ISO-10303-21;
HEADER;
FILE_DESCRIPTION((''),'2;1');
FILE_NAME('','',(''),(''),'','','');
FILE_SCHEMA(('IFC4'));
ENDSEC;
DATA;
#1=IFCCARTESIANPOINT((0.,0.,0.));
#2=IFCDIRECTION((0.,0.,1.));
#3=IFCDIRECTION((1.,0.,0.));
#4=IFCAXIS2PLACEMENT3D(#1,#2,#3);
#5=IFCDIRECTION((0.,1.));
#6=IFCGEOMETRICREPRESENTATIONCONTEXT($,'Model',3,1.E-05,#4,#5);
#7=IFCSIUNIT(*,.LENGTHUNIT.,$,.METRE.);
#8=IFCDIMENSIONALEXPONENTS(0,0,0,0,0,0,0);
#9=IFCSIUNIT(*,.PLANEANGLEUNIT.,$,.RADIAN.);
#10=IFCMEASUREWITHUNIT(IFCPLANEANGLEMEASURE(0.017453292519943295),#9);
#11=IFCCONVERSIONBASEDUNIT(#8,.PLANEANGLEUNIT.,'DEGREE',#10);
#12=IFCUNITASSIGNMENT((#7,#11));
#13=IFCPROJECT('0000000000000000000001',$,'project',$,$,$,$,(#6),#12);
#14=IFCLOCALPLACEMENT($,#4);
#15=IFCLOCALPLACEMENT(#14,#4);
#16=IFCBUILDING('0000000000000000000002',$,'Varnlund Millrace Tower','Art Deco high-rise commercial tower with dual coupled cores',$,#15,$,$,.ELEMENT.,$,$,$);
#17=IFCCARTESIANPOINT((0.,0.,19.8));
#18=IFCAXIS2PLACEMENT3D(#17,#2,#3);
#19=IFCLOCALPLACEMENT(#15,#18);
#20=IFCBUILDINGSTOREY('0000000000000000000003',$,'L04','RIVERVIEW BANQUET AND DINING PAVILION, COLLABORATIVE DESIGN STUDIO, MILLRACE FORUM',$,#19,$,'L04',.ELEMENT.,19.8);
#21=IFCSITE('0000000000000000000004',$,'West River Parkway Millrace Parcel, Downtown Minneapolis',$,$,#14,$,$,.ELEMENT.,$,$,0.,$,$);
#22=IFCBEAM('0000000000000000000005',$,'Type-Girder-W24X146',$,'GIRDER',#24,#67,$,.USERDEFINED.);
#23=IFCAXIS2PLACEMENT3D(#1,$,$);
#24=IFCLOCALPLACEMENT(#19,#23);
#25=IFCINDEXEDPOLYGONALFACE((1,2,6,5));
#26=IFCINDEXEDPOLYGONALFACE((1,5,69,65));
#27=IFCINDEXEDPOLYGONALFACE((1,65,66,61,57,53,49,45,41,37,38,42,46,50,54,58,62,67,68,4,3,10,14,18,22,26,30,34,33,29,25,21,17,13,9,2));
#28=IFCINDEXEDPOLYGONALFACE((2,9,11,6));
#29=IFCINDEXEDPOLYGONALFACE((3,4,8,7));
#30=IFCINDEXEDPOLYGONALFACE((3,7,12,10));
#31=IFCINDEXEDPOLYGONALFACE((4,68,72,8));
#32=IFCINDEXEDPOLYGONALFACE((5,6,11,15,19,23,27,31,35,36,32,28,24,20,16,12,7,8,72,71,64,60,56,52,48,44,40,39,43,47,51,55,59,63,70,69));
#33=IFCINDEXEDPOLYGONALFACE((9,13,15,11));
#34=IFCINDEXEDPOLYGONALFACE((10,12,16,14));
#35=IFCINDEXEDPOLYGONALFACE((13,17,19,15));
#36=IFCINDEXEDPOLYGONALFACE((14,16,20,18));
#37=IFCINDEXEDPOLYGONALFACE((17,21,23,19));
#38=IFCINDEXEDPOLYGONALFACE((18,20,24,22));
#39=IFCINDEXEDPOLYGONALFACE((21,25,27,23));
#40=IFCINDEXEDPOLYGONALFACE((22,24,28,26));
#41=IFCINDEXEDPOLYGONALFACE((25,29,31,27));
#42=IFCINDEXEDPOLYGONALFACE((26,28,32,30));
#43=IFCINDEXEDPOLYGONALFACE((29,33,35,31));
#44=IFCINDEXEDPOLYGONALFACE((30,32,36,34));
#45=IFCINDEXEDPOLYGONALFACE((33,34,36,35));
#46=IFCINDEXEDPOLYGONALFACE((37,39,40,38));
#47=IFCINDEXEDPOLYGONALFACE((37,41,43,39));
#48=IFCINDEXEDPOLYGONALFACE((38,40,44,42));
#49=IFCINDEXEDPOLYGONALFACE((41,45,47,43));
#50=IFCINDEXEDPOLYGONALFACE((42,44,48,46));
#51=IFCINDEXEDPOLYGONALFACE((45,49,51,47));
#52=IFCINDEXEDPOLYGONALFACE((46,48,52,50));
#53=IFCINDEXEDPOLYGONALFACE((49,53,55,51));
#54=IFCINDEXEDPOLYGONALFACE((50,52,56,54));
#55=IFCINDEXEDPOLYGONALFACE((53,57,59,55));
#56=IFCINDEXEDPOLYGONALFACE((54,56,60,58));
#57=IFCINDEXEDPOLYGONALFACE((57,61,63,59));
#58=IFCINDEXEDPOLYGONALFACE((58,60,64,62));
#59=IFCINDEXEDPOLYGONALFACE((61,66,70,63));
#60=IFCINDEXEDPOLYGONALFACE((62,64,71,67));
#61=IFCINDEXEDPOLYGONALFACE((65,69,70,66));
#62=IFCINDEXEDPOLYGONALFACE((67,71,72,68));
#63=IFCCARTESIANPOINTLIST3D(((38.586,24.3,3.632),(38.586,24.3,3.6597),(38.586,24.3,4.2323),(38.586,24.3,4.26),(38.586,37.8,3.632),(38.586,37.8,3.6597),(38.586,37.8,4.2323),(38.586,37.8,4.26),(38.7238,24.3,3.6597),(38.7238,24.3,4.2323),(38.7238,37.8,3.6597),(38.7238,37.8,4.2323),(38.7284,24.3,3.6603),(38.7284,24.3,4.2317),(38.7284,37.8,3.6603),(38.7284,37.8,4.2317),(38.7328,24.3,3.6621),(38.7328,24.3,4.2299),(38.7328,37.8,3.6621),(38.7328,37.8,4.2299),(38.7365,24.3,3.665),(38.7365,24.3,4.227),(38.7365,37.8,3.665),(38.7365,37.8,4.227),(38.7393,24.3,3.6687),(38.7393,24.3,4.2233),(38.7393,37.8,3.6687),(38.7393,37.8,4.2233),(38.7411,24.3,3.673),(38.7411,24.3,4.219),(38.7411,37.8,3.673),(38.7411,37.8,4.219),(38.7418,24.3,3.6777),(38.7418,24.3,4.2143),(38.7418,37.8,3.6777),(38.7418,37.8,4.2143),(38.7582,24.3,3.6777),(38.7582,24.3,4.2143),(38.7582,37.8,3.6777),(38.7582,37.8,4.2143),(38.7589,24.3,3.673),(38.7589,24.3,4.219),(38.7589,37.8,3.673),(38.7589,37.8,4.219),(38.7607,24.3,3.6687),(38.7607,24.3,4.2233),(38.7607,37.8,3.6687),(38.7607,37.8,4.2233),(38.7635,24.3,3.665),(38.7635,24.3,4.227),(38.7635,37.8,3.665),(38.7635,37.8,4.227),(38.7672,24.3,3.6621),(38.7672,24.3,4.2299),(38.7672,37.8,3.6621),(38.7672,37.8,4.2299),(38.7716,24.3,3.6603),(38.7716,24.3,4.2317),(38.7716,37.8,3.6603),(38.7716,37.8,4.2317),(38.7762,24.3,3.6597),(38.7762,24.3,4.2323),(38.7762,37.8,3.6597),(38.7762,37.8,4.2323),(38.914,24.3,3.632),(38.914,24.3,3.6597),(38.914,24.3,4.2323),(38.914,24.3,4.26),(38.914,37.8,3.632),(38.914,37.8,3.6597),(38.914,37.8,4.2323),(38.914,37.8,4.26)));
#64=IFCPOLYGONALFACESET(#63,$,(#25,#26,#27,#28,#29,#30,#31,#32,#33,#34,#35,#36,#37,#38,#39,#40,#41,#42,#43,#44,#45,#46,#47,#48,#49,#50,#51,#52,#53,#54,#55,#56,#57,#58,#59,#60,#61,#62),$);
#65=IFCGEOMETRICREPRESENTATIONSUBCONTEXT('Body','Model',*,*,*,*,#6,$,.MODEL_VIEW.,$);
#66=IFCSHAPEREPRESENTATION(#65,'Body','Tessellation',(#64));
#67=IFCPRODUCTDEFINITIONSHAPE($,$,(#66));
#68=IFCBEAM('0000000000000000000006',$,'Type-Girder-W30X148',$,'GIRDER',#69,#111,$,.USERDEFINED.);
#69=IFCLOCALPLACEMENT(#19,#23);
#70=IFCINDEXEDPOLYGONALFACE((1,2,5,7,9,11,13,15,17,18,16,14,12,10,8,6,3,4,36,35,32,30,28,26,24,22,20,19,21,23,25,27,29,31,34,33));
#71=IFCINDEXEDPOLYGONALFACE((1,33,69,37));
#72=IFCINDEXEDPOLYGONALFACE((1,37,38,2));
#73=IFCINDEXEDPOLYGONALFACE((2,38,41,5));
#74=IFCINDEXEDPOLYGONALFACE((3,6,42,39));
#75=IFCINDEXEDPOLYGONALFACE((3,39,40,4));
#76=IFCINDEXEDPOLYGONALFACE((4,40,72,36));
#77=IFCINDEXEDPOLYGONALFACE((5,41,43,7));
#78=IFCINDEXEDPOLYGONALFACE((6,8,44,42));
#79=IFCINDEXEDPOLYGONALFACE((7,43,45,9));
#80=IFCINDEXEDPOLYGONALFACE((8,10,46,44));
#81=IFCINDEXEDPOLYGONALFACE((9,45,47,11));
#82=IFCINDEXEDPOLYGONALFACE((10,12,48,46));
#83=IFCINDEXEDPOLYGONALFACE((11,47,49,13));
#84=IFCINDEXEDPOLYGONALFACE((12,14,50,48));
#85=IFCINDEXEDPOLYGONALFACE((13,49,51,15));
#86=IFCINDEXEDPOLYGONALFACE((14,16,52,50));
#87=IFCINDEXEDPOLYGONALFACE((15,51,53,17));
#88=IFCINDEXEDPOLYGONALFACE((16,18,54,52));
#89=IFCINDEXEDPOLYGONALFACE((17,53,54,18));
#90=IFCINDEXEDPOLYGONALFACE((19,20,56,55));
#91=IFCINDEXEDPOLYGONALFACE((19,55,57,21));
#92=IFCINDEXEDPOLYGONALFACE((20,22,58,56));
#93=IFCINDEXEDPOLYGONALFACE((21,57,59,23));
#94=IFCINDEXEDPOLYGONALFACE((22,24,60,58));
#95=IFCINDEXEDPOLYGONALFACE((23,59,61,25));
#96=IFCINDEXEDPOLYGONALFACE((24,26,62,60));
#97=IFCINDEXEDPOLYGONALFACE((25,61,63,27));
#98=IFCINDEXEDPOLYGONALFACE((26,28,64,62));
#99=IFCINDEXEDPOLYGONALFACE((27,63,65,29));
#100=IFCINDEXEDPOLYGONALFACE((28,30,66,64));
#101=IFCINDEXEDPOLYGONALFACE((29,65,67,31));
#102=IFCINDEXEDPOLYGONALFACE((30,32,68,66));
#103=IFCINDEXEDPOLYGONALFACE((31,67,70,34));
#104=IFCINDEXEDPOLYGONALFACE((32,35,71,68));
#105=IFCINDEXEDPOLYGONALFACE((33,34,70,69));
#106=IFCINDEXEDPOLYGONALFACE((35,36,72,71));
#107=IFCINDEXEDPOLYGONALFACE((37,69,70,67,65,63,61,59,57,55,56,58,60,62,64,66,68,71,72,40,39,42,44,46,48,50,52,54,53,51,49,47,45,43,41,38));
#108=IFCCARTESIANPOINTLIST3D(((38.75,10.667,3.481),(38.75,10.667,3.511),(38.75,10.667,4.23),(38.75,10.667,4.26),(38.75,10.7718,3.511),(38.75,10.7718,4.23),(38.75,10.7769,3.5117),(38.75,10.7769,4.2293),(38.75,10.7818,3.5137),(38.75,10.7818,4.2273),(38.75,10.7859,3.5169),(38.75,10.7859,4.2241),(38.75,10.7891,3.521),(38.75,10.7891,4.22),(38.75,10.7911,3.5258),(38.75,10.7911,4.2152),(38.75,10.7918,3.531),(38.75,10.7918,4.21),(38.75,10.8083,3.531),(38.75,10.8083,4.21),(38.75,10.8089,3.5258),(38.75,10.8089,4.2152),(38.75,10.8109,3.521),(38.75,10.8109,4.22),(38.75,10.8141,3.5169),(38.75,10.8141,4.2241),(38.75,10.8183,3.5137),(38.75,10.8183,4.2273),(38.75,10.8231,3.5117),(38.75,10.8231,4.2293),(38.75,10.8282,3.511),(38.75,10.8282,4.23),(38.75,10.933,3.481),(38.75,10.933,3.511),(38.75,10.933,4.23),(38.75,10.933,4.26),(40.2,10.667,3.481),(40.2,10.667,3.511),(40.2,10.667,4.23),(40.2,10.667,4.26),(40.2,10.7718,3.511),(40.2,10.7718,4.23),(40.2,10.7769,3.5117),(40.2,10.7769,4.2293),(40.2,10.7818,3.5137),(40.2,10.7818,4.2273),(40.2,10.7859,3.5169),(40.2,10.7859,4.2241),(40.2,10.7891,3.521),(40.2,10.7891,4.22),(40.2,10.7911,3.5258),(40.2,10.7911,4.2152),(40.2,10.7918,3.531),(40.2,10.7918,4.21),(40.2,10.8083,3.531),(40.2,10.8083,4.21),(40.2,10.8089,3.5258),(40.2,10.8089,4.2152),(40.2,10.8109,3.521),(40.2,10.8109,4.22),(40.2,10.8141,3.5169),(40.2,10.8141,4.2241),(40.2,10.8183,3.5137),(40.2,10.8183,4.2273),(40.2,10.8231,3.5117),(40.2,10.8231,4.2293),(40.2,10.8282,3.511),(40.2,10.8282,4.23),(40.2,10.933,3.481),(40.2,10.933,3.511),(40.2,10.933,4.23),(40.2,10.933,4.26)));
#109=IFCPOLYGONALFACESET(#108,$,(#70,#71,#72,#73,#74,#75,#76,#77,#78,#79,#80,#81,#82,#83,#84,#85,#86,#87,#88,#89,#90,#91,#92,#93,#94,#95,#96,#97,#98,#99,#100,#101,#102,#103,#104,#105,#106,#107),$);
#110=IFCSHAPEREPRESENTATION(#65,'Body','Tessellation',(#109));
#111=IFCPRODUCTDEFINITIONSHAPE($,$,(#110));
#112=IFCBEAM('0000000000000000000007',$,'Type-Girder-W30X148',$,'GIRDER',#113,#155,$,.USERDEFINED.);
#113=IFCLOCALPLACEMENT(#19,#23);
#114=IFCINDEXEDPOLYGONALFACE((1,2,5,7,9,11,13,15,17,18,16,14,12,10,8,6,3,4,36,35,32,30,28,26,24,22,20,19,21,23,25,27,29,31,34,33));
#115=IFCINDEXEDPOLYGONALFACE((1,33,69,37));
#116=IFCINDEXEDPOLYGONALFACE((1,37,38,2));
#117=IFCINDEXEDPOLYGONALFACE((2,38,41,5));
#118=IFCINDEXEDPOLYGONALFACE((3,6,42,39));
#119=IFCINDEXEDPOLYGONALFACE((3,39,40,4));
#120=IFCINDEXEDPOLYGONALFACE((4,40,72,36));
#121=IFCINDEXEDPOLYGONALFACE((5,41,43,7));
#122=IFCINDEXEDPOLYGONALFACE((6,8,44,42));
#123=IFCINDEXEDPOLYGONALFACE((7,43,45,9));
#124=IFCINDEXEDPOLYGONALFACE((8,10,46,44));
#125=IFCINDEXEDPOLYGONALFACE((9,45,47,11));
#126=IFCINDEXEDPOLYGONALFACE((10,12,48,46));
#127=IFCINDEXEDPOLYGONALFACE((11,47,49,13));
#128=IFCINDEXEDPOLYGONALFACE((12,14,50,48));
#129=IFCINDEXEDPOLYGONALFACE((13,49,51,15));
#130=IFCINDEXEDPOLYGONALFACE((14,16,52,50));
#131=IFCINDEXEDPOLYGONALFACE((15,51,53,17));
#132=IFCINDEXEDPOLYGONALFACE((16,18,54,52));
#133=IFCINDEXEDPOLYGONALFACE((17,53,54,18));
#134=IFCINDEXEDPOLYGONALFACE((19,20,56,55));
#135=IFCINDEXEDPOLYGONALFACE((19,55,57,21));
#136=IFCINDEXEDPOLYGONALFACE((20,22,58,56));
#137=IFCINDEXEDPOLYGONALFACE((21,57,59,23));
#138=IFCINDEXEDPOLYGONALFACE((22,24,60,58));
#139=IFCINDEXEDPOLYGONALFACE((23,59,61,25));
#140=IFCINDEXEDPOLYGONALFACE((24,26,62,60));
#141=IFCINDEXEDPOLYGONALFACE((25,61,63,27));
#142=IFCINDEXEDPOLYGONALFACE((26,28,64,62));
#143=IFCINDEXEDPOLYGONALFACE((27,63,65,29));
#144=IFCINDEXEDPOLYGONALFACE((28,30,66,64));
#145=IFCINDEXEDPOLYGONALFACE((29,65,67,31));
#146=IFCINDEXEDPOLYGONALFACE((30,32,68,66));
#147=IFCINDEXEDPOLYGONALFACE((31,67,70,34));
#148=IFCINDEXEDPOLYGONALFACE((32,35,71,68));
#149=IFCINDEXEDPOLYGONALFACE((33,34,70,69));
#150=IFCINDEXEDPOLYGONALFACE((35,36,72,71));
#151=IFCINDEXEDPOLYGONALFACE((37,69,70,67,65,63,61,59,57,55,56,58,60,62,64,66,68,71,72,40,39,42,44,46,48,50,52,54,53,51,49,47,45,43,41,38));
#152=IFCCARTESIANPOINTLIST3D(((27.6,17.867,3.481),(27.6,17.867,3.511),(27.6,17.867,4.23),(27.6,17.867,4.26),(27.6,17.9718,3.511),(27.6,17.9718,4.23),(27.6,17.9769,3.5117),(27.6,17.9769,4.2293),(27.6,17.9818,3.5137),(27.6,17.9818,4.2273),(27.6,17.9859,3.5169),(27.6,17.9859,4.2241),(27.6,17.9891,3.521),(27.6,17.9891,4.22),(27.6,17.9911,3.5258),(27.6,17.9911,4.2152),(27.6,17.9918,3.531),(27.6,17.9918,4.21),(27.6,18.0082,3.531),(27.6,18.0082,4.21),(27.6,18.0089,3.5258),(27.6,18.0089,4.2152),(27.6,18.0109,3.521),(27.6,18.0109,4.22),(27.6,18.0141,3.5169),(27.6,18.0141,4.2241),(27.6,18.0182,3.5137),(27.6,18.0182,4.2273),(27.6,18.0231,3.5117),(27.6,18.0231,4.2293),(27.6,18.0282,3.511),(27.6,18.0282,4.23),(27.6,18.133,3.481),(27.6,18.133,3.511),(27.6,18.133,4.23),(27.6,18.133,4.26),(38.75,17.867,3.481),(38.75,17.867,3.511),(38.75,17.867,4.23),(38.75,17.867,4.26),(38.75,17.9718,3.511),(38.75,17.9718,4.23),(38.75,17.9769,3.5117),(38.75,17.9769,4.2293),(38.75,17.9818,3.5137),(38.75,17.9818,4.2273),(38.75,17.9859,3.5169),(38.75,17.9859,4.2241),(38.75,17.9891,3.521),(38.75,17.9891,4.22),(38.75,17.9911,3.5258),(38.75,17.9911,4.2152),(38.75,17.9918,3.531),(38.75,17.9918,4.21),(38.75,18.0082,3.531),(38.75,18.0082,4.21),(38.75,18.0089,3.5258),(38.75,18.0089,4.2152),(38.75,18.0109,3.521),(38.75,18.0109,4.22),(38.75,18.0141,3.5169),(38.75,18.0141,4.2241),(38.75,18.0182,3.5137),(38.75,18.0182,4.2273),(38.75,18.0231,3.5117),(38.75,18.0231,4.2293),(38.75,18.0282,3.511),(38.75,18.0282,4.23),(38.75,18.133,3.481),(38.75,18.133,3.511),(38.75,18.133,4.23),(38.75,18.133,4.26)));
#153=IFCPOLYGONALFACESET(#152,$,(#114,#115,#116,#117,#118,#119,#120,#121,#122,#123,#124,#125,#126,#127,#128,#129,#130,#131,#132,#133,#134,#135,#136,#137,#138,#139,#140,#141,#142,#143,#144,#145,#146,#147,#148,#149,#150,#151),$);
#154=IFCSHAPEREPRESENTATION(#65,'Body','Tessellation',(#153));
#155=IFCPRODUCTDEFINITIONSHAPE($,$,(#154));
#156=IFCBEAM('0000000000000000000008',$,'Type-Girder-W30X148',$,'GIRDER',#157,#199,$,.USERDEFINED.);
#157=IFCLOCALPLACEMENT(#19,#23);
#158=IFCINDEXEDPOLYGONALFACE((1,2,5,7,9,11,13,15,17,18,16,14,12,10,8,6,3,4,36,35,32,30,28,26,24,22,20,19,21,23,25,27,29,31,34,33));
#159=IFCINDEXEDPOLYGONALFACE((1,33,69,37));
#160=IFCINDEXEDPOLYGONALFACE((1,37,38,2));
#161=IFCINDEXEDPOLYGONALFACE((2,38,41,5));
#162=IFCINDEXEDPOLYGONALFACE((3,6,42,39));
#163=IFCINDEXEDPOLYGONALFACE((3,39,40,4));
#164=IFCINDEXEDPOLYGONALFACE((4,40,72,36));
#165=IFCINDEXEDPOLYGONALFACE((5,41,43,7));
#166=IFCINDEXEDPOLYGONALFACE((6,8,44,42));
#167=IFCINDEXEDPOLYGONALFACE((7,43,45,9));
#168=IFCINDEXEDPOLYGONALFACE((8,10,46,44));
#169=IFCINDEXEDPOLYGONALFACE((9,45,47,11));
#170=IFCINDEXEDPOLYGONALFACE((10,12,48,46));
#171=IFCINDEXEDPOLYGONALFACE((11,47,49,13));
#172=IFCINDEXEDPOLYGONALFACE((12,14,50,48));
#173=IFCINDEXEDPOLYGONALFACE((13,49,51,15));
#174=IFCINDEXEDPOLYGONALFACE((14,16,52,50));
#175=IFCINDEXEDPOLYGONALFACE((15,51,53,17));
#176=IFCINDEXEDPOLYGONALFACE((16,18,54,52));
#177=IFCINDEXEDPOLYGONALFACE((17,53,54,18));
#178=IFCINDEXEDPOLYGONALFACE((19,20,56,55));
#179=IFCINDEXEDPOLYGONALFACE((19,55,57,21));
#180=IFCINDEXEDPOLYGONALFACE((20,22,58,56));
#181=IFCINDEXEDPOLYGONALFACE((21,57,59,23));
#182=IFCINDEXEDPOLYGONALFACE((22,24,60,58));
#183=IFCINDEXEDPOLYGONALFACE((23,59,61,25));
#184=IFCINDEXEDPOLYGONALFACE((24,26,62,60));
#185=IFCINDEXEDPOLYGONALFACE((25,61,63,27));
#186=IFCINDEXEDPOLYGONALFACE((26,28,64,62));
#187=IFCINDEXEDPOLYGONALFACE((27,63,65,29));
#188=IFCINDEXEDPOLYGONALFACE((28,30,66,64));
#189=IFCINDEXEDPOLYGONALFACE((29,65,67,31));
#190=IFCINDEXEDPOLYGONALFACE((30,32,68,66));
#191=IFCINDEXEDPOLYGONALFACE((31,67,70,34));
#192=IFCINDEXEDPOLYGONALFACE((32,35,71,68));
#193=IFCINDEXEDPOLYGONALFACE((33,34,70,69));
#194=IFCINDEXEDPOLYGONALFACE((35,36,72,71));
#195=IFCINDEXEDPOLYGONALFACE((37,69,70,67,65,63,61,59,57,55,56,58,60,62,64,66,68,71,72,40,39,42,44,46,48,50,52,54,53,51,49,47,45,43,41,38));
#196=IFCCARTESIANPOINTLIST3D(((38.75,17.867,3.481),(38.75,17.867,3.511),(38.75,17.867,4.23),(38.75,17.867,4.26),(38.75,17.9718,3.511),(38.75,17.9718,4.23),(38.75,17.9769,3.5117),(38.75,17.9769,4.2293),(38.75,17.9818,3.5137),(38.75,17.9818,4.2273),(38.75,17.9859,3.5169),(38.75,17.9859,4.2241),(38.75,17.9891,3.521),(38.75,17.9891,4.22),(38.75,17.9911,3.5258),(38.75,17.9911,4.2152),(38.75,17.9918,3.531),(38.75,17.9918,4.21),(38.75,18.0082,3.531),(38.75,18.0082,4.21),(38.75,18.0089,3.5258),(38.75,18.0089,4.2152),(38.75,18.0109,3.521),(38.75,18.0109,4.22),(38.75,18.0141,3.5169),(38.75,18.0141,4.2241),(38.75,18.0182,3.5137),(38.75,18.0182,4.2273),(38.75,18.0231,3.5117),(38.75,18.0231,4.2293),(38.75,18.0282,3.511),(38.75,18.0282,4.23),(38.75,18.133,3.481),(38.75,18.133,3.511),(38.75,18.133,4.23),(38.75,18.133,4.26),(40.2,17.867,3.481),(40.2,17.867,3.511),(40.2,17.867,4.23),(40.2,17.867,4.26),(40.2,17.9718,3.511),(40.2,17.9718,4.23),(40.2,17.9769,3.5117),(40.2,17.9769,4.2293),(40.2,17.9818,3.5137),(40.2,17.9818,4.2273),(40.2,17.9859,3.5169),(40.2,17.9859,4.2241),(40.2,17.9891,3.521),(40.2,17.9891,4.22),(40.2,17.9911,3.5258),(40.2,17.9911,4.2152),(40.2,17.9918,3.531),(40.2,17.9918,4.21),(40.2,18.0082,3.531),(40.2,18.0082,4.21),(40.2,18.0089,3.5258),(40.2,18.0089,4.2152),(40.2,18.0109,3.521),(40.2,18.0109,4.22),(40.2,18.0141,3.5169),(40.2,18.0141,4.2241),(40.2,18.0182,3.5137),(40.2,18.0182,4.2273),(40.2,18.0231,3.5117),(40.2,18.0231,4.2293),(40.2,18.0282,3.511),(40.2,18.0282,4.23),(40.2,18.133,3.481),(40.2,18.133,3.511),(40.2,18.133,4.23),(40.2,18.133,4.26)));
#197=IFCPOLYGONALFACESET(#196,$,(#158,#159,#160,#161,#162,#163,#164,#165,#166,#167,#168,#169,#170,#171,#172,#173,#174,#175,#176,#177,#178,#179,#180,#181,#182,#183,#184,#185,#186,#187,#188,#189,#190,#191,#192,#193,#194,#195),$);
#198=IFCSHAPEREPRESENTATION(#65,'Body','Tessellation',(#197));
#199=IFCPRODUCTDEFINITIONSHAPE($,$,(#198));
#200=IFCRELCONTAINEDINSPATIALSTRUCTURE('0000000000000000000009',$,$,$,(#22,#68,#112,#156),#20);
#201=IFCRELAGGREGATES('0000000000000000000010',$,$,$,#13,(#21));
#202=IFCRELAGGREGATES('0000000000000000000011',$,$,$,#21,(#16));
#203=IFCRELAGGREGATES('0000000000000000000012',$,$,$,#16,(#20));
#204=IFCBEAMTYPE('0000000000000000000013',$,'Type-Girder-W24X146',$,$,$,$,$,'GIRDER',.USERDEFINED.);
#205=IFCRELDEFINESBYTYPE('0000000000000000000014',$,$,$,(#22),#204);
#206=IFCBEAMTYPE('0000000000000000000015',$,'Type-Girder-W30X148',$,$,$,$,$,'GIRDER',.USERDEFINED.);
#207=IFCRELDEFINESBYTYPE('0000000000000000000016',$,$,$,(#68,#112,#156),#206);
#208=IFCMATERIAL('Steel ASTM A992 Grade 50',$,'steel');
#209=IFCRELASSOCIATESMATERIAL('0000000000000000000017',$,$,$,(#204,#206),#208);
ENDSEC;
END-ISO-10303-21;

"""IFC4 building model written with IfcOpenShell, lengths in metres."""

from ifc_helpers import new_model, entity, si_unit, converted_unit, direction, frame, origin_with_axes, origin_2d_with_axis, place, context, subcontext, project, spatial, i_section, extrude, material, material_profile, profile_set, type_object, element, save


model = new_model("IFC4")

# Units and contexts
model_context = context("Model", 3, precision=1e-05, world=origin_with_axes(), true_north=direction((0.0, 1.0)))
body_context = subcontext(model_context, "Body", "Model", "MODEL_VIEW")
ifc_project = project(units=[si_unit("LENGTHUNIT", "METRE"), converted_unit("PLANEANGLEUNIT", "DEGREE", entity("IfcPlaneAngleMeasure", 0.017453292519943295), si_unit("PLANEANGLEUNIT", "RADIAN"), dimensions=[0, 0, 0, 0, 0, 0, 0])], contexts=[model_context])

# Site, building, storey
site_placement = place(None, origin_with_axes())
site = spatial("IfcSite", under=ifc_project, at=site_placement, Name="West River Parkway Millrace Parcel, Downtown Minneapolis", CompositionType="ELEMENT", RefElevation=0.0)
building_placement = place(site_placement, origin_with_axes())
building = spatial("IfcBuilding", under=site, at=building_placement, Name="Varnlund Millrace Tower", Description="Art Deco high-rise commercial tower with dual coupled cores", CompositionType="ELEMENT")
storey_placement = place(building_placement, frame((0.0, 0.0, 19.8), z_axis=(0.0, 0.0, 1.0), x_axis=(1.0, 0.0, 0.0)))
storey = spatial("IfcBuildingStorey", under=building, at=storey_placement, Name="L04", Description="RIVERVIEW BANQUET AND DINING PAVILION, COLLABORATIVE DESIGN STUDIO, MILLRACE FORUM", LongName="L04", CompositionType="ELEMENT", Elevation=19.8)

# Beams
ifc_material_1 = material(Name="Steel ASTM A992 Grade 50", Category="steel")
ifc_material_profile_1 = material_profile(ifc_material_1, i_section(OverallWidth=0.328, OverallDepth=0.628, WebThickness=0.0165, FlangeThickness=0.0277, FilletRadius=0.018, at=origin_2d_with_axis()), Name="Steel ASTM A992 Grade 50")
ifc_profile_set_1 = profile_set([ifc_material_profile_1], Name="Steel ASTM A992 Grade 50")
beam_type_1 = type_object("IfcBeamType", Name="Type-Girder-W24X146", ElementType="GIRDER", PredefinedType="USERDEFINED", material=ifc_profile_set_1)
beam_1_placement = place(storey_placement, frame((38.75, 24.3, 3.946), z_axis=(0.0, 1.0, 0.0), x_axis=(-1.0, 0.0, 0.0)))
element("IfcBeam", 1, at=beam_1_placement, inside=storey, type_object=beam_type_1, Name="Type-Girder-W24X146", ObjectType="GIRDER", PredefinedType="USERDEFINED", context=body_context, shape_type="SweptSolid", body=[
    extrude(i_section(OverallWidth=0.328, OverallDepth=0.628, WebThickness=0.0165, FlangeThickness=0.0277, FilletRadius=0.018, at=origin_2d_with_axis()), origin_with_axes(), (0.0, 0.0, 1.0), 13.5),
])
ifc_material_profile_2 = material_profile(ifc_material_1, i_section(OverallWidth=0.266, OverallDepth=0.779, WebThickness=0.0165, FlangeThickness=0.03, FilletRadius=0.02, at=origin_2d_with_axis()), Name="Steel ASTM A992 Grade 50")
ifc_profile_set_2 = profile_set([ifc_material_profile_2], Name="Steel ASTM A992 Grade 50")
beam_type_2 = type_object("IfcBeamType", Name="Type-Girder-W30X148", ElementType="GIRDER", PredefinedType="USERDEFINED", material=ifc_profile_set_2)
beam_2_placement = place(storey_placement, frame((38.75, 10.8, 3.8705), z_axis=(1.0, 0.0, 0.0), x_axis=(0.0, 1.0, 0.0)))
element("IfcBeam", 2, at=beam_2_placement, inside=storey, type_object=beam_type_2, Name="Type-Girder-W30X148", ObjectType="GIRDER", PredefinedType="USERDEFINED", context=body_context, shape_type="SweptSolid", body=[
    extrude(i_section(OverallWidth=0.266, OverallDepth=0.779, WebThickness=0.0165, FlangeThickness=0.03, FilletRadius=0.02, at=origin_2d_with_axis()), origin_with_axes(), (0.0, 0.0, 1.0), 1.45),
])
beam_3_placement = place(storey_placement, frame((27.6, 18.0, 3.8705), z_axis=(1.0, 0.0, 0.0), x_axis=(0.0, 1.0, 0.0)))
element("IfcBeam", 3, at=beam_3_placement, inside=storey, type_object=beam_type_2, Name="Type-Girder-W30X148", ObjectType="GIRDER", PredefinedType="USERDEFINED", context=body_context, shape_type="SweptSolid", body=[
    extrude(i_section(OverallWidth=0.266, OverallDepth=0.779, WebThickness=0.0165, FlangeThickness=0.03, FilletRadius=0.02, at=origin_2d_with_axis()), origin_with_axes(), (0.0, 0.0, 1.0), 11.15),
])
beam_4_placement = place(storey_placement, frame((38.75, 18.0, 3.8705), z_axis=(1.0, 0.0, 0.0), x_axis=(0.0, 1.0, 0.0)))
element("IfcBeam", 4, at=beam_4_placement, inside=storey, type_object=beam_type_2, Name="Type-Girder-W30X148", ObjectType="GIRDER", PredefinedType="USERDEFINED", context=body_context, shape_type="SweptSolid", body=[
    extrude(i_section(OverallWidth=0.266, OverallDepth=0.779, WebThickness=0.0165, FlangeThickness=0.03, FilletRadius=0.02, at=origin_2d_with_axis()), origin_with_axes(), (0.0, 0.0, 1.0), 1.45),
])

save(model, "model.ifc")
